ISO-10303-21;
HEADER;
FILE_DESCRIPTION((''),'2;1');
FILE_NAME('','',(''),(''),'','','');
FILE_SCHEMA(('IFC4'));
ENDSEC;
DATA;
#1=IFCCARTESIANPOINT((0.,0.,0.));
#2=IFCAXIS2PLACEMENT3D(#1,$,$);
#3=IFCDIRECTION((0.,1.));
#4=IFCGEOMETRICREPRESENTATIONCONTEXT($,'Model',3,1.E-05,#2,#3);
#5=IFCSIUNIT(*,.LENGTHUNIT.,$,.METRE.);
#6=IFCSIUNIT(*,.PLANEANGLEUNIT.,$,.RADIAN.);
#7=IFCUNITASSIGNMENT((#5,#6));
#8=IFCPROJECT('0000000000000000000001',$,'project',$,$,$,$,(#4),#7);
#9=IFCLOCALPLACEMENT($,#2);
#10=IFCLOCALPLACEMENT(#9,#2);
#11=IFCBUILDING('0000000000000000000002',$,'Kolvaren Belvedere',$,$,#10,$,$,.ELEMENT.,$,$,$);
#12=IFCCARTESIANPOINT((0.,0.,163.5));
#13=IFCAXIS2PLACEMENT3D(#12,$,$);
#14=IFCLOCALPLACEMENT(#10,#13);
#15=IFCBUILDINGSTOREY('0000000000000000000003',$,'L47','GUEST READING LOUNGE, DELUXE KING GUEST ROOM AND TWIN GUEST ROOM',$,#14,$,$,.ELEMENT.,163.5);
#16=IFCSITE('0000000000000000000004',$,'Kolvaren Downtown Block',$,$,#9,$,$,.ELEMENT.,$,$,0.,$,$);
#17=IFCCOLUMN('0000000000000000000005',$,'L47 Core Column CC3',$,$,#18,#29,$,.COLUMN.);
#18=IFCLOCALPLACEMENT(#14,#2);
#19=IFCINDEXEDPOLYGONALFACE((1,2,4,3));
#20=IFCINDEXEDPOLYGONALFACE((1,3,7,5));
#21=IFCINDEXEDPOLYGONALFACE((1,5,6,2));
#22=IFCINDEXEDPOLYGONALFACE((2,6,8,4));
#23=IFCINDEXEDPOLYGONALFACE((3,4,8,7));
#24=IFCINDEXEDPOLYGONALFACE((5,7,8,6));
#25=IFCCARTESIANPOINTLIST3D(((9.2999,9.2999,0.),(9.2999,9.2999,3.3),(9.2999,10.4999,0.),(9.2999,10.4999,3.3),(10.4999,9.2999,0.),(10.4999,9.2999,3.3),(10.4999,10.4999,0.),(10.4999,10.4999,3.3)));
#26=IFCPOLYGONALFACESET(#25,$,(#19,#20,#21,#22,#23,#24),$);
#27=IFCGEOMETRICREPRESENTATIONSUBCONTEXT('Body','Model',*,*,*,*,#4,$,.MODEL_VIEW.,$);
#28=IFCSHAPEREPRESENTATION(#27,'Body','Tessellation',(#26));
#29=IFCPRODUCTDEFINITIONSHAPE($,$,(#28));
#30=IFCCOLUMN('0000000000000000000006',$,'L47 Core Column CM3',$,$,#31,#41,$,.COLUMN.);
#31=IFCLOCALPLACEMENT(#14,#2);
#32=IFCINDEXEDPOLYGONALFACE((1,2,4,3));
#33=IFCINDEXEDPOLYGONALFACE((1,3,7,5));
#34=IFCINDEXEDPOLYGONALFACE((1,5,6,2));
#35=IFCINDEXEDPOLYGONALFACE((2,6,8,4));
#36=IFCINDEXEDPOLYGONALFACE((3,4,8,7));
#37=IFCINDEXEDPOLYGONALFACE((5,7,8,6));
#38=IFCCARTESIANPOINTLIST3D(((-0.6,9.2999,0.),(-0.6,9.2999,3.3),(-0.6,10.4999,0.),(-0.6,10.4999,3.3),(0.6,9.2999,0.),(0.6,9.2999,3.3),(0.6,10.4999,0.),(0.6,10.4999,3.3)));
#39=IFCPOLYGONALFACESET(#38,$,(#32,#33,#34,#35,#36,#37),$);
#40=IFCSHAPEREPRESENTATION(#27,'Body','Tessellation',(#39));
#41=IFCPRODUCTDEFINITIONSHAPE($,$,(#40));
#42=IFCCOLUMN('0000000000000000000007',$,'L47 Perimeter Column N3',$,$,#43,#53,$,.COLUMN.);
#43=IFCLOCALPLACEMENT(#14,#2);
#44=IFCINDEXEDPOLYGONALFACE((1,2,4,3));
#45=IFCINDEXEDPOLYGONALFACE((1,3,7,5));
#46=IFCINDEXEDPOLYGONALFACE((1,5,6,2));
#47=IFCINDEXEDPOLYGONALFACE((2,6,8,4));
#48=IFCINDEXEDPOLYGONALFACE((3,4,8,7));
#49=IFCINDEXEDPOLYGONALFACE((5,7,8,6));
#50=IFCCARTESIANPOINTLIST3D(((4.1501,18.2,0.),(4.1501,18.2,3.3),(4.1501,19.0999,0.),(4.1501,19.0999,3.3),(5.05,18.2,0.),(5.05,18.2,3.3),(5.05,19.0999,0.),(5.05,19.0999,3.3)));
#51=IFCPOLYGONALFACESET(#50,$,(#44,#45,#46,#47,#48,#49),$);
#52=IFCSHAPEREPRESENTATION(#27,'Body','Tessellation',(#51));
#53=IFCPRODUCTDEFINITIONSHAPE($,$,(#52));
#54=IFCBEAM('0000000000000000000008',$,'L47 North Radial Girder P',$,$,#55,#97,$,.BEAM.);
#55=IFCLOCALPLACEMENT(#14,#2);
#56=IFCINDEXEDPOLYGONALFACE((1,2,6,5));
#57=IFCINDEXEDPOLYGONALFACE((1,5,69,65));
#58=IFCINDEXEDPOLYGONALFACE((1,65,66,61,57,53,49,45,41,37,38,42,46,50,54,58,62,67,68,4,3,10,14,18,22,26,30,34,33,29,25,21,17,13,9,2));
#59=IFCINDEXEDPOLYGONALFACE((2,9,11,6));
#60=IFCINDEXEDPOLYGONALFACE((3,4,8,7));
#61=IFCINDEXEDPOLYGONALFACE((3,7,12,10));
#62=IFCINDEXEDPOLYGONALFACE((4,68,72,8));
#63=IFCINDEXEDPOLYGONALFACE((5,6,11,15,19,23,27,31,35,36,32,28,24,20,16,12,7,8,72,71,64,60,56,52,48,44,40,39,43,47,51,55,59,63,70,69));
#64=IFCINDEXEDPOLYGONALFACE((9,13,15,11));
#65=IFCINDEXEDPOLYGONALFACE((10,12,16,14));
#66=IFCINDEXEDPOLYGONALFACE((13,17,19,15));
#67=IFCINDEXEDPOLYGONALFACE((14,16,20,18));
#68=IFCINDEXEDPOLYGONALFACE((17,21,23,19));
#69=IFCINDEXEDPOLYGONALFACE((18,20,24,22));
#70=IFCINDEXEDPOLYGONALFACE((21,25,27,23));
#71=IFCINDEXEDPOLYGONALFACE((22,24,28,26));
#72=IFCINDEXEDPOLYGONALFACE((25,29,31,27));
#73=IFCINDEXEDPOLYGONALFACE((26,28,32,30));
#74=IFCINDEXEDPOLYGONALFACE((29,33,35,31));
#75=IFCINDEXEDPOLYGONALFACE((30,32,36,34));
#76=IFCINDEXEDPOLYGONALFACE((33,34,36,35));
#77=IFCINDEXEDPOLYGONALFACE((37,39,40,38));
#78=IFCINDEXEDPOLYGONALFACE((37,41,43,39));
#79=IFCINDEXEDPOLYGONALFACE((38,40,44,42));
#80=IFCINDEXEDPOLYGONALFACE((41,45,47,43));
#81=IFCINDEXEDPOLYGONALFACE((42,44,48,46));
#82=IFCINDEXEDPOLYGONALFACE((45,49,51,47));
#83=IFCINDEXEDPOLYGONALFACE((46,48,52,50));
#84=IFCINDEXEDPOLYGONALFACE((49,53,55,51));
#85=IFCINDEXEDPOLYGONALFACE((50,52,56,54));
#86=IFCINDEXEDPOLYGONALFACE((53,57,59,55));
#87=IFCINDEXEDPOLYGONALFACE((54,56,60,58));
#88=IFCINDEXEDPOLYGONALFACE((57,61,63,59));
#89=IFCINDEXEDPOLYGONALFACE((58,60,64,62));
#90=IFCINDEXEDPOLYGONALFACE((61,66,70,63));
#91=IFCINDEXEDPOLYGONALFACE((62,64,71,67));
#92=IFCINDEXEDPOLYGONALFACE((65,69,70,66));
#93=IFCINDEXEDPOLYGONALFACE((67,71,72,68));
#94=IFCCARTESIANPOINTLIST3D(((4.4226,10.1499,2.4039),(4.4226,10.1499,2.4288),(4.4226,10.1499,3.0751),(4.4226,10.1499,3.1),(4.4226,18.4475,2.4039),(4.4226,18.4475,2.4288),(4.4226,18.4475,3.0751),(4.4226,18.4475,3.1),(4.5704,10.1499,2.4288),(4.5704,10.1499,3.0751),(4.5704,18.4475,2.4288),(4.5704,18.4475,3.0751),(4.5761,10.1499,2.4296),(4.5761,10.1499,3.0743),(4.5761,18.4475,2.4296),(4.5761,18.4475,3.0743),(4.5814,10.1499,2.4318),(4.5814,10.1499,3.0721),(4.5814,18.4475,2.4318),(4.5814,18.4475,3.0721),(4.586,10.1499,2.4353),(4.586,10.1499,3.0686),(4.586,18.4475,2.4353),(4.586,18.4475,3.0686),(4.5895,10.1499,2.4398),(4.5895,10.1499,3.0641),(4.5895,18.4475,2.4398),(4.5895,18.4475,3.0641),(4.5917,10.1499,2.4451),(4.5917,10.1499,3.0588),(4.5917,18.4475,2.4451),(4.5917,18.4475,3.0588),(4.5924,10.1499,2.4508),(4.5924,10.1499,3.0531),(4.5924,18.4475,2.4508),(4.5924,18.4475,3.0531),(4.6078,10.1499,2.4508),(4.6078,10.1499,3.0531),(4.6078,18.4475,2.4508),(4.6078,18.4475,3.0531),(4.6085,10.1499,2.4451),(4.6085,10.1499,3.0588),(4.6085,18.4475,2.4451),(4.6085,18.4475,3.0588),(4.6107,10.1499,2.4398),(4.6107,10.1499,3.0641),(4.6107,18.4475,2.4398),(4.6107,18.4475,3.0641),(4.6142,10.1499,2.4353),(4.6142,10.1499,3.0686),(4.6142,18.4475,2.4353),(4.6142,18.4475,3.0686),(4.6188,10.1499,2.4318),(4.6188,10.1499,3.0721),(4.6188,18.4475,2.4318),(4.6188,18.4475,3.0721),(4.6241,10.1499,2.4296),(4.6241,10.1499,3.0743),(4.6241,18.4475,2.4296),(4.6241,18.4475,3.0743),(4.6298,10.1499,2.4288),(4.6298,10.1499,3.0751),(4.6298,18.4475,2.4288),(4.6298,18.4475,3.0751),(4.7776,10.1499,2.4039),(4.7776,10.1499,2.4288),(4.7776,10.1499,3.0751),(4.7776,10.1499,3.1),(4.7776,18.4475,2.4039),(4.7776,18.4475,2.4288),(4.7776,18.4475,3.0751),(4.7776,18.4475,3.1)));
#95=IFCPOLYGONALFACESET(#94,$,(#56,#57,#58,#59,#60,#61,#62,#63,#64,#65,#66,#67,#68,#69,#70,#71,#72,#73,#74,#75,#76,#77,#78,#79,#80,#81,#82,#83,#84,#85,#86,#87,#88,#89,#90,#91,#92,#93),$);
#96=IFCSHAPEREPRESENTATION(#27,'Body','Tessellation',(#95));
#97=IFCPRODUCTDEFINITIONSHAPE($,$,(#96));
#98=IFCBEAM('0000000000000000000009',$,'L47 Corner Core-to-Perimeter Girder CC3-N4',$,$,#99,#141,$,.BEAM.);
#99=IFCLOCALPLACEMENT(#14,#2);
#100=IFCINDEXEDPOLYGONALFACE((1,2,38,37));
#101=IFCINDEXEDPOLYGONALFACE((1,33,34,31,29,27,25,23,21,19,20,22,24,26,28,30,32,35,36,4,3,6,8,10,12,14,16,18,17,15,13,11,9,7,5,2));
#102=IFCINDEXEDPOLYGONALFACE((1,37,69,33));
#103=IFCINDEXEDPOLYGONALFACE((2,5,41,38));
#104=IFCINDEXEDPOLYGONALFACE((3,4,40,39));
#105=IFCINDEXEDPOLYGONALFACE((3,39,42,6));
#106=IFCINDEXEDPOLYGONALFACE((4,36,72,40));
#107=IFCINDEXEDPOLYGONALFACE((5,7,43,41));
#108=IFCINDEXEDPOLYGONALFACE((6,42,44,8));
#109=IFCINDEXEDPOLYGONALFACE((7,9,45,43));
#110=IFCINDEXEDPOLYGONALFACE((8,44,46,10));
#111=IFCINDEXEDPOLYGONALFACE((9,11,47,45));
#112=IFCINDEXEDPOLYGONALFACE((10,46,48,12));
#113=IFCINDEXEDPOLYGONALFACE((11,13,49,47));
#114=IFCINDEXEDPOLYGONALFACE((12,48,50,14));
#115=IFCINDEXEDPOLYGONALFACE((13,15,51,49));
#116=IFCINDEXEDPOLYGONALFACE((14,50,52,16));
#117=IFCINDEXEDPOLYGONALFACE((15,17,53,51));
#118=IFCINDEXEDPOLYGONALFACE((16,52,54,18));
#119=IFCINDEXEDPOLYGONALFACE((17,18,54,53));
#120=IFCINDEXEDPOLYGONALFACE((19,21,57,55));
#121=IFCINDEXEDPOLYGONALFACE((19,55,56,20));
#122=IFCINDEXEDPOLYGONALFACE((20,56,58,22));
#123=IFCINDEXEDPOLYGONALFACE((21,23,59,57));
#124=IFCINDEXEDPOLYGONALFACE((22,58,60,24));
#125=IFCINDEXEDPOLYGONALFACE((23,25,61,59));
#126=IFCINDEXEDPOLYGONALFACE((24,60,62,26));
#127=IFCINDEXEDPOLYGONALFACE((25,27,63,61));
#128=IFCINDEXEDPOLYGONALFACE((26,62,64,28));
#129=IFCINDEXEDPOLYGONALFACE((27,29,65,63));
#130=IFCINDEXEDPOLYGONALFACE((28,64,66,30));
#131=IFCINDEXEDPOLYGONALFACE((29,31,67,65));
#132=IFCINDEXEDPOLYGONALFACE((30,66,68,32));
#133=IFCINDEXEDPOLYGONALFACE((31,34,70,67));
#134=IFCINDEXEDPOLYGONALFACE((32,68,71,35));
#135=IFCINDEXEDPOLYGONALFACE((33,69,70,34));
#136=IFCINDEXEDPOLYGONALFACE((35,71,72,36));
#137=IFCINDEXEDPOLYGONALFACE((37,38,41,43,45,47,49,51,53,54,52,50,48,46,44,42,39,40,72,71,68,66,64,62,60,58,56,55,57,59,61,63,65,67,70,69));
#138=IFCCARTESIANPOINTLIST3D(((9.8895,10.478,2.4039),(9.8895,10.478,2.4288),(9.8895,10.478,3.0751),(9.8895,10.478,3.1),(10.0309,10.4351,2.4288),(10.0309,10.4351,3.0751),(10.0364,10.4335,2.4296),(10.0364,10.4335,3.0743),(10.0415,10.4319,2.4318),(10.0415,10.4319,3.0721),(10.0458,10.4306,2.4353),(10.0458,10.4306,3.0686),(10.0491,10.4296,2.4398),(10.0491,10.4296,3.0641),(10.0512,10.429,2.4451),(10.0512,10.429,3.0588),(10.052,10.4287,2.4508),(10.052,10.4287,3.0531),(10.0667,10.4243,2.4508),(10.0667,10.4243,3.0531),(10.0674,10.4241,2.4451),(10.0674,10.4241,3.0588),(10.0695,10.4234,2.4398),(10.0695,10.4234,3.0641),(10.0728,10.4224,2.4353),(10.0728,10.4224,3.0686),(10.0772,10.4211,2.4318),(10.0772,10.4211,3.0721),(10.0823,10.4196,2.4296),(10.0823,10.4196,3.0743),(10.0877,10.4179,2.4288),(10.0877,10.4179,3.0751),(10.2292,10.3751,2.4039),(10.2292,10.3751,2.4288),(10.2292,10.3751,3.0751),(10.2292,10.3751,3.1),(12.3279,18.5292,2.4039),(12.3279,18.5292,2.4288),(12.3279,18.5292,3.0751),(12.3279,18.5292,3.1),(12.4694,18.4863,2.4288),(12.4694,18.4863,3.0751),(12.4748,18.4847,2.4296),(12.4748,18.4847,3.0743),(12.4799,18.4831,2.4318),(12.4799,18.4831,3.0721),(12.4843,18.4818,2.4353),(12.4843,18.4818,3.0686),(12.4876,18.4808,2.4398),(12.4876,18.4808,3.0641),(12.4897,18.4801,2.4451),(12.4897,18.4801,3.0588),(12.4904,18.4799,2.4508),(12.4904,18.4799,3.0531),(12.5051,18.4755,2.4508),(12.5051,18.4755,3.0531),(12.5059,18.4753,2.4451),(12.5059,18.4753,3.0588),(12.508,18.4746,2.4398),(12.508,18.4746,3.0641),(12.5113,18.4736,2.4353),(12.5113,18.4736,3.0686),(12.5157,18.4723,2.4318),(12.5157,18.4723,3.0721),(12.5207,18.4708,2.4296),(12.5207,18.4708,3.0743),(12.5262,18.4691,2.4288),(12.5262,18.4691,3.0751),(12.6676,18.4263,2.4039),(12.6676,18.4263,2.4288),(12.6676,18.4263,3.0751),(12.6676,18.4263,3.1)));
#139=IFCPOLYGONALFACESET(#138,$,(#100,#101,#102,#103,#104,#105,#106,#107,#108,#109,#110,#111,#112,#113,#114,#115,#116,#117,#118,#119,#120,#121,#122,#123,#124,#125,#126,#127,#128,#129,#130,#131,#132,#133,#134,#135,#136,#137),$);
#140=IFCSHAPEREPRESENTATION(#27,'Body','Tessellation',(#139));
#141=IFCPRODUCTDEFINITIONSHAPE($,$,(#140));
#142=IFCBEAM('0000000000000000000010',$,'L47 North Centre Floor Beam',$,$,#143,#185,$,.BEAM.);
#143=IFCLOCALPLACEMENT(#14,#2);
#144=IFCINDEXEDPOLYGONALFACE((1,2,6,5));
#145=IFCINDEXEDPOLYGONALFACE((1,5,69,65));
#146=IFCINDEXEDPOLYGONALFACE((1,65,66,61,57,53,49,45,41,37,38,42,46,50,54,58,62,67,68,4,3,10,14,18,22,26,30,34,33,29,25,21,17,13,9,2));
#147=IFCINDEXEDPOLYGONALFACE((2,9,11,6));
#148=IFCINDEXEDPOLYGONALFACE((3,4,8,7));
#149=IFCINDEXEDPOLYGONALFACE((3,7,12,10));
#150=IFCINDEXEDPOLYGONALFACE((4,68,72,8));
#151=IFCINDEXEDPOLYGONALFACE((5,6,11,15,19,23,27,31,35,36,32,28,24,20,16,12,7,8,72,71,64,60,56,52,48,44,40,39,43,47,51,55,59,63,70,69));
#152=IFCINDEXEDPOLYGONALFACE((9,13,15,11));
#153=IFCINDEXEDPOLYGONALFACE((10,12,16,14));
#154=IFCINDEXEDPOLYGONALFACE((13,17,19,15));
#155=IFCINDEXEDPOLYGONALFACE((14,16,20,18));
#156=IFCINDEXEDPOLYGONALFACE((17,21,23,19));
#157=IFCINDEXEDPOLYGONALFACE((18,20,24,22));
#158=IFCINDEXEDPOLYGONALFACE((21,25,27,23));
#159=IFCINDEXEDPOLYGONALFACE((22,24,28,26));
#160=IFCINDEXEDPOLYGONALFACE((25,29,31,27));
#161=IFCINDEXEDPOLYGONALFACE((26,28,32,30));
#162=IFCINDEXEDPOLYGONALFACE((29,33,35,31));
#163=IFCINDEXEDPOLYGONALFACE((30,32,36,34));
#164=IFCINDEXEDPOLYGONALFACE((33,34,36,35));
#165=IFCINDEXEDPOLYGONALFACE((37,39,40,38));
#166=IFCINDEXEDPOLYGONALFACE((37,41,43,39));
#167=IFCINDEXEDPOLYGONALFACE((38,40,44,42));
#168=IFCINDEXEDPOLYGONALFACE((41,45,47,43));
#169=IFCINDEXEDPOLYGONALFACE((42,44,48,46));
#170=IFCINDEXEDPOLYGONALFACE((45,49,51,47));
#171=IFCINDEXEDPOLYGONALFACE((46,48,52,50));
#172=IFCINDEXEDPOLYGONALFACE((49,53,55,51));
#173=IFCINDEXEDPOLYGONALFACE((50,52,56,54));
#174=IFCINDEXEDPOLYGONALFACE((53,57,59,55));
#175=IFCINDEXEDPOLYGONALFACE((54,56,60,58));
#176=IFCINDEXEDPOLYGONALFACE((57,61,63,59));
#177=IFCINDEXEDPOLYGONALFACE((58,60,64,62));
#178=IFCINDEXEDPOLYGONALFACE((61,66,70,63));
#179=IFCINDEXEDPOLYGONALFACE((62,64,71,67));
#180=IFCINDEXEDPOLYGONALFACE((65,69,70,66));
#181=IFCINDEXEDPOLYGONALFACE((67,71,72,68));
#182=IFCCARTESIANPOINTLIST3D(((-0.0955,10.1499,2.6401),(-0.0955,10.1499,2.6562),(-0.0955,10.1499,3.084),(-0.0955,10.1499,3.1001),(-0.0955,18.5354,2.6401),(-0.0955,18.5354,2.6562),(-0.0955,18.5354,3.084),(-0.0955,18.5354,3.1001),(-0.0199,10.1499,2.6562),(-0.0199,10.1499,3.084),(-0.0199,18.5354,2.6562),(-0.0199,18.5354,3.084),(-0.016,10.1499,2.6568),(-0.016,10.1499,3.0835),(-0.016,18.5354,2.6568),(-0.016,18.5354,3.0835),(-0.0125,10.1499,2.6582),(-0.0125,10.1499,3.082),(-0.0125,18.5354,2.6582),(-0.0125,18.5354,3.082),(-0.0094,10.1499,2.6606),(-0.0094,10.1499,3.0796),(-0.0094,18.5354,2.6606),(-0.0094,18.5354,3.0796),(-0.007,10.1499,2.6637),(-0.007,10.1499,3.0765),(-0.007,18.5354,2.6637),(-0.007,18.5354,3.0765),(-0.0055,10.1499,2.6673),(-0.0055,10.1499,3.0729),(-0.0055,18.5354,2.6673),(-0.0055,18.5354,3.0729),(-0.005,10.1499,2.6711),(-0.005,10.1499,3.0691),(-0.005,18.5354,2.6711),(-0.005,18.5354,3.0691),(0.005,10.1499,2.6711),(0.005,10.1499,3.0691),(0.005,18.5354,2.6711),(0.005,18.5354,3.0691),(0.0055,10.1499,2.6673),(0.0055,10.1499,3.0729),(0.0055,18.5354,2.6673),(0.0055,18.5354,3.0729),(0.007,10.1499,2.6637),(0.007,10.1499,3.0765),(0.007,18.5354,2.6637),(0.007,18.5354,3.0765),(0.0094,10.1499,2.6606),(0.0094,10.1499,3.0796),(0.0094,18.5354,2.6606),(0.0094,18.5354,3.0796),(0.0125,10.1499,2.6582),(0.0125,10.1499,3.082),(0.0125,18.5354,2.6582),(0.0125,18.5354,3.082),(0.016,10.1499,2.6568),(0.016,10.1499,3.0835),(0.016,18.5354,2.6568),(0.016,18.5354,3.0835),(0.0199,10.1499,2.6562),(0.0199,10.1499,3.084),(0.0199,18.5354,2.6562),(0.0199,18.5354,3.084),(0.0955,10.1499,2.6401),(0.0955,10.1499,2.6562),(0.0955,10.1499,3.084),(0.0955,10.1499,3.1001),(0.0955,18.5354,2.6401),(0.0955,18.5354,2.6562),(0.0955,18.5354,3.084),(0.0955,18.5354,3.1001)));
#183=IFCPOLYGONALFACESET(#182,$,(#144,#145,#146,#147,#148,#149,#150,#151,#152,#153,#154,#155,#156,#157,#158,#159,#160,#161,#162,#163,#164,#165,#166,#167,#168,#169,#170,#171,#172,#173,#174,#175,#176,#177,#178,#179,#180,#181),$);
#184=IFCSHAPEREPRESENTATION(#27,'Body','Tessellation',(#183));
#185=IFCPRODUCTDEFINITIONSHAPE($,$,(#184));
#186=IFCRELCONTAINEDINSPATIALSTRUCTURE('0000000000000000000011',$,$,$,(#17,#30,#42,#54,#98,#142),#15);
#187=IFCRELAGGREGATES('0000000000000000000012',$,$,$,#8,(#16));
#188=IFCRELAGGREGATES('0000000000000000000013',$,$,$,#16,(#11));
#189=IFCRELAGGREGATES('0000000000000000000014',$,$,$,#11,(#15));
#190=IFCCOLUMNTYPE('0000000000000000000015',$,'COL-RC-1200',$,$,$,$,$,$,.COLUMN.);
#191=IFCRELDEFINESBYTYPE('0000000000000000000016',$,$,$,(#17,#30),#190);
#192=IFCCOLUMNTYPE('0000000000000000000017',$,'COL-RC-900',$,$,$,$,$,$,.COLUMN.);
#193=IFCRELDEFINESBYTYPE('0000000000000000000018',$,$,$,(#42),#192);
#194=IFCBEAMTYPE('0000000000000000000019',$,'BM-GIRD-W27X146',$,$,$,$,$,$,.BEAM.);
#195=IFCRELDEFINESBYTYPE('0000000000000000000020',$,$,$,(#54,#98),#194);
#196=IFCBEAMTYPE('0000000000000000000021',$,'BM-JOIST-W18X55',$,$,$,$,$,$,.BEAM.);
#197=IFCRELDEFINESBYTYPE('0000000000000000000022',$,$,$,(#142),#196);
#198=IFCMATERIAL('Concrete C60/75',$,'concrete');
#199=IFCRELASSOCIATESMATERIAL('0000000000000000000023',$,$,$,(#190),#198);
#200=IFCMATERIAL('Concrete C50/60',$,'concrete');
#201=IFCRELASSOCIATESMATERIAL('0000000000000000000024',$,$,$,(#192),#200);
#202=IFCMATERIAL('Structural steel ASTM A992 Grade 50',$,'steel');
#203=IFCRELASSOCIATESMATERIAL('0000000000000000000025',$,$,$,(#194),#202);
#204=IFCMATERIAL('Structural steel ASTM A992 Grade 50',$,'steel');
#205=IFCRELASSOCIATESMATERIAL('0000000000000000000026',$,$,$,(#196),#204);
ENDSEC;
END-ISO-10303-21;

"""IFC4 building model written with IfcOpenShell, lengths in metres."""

from ifc_helpers import new_model, si_unit, direction, frame, origin, origin_2d, place, context, subcontext, project, spatial, rectangle, i_section, extrude, material, material_profile, profile_set, type_object, element, save


model = new_model("IFC4")

# Units and contexts
model_context = context("Model", 3, precision=1e-05, world=origin(), true_north=direction((0.0, 1.0)))
body_context = subcontext(model_context, "Body", "Model", "MODEL_VIEW")
ifc_project = project(units=[si_unit("LENGTHUNIT", "METRE"), si_unit("PLANEANGLEUNIT", "RADIAN")], contexts=[model_context])

# Site, building, storey
site_placement = place(None, origin())
site = spatial("IfcSite", under=ifc_project, at=site_placement, Name="Kolvaren Downtown Block", CompositionType="ELEMENT", RefElevation=0.0)
building_placement = place(site_placement, origin())
building = spatial("IfcBuilding", under=site, at=building_placement, Name="Kolvaren Belvedere", CompositionType="ELEMENT")
storey_placement = place(building_placement, frame((0.0, 0.0, 163.5)))
storey = spatial("IfcBuildingStorey", under=building, at=storey_placement, Name="L47", Description="GUEST READING LOUNGE, DELUXE KING GUEST ROOM AND TWIN GUEST ROOM", CompositionType="ELEMENT", Elevation=163.5)

# Columns
ifc_material_1 = material(Name="Concrete C60/75", Category="concrete")
ifc_material_profile_1 = material_profile(ifc_material_1, rectangle(XDim=1.2, YDim=1.2, at=origin_2d()), Name="RC 1200X1200")
ifc_profile_set_1 = profile_set([ifc_material_profile_1], Name="Concrete C60/75")
column_type_1 = type_object("IfcColumnType", Name="COL-RC-1200", PredefinedType="COLUMN", material=ifc_profile_set_1)
for number, where, z_axis, x_axis, name in (
    (1, (9.8999, 9.8999, 0.0), (0.0, 0.0, 1.0), (1.0, 0.0, 0.0), "L47 Core Column CC3"),
    (2, (0.0, 9.8999, 0.0), (0.0, 0.0, 1.0), (1.0, 0.0, 0.0), "L47 Core Column CM3"),
):
    element("IfcColumn", number, at=place(storey_placement, frame(where, z_axis=z_axis, x_axis=x_axis)), inside=storey, type_object=column_type_1, Name=name, PredefinedType="COLUMN", context=body_context, shape_type="SweptSolid", body=[
        extrude(rectangle(XDim=1.2, YDim=1.2, at=origin_2d()), origin(), (0.0, 0.0, 1.0), 3.3),
    ])
ifc_material_2 = material(Name="Concrete C50/60", Category="concrete")
ifc_material_profile_2 = material_profile(ifc_material_2, rectangle(XDim=0.8999, YDim=0.8999, at=origin_2d()), Name="RC 900X900")
ifc_profile_set_2 = profile_set([ifc_material_profile_2], Name="Concrete C50/60")
column_type_2 = type_object("IfcColumnType", Name="COL-RC-900", PredefinedType="COLUMN", material=ifc_profile_set_2)
column_placement = place(storey_placement, frame((4.6001, 18.6499, 0.0), z_axis=(0.0, 0.0, 1.0), x_axis=(1.0, 0.0, 0.0)))
element("IfcColumn", 3, at=column_placement, inside=storey, type_object=column_type_2, Name="L47 Perimeter Column N3", PredefinedType="COLUMN", context=body_context, shape_type="SweptSolid", body=[
    extrude(rectangle(XDim=0.8999, YDim=0.8999, at=origin_2d()), origin(), (0.0, 0.0, 1.0), 3.3),
])

# Beams
ifc_material_3 = material(Name="Structural steel ASTM A992 Grade 50", Category="steel")
ifc_material_profile_3 = material_profile(ifc_material_3, i_section(OverallWidth=0.355, OverallDepth=0.696, WebThickness=0.0154, FlangeThickness=0.0249, FilletRadius=0.022, at=origin_2d()), Name="W27X146")
ifc_profile_set_3 = profile_set([ifc_material_profile_3], Name="Structural steel ASTM A992 Grade 50")
beam_type_1 = type_object("IfcBeamType", Name="BM-GIRD-W27X146", PredefinedType="BEAM", material=ifc_profile_set_3)
beam_1_placement = place(storey_placement, frame((4.6001, 10.1499, 2.752), z_axis=(0.0, 1.0, 0.0), x_axis=(-1.0, 0.0, 0.0)))
element("IfcBeam", 4, at=beam_1_placement, inside=storey, type_object=beam_type_1, Name="L47 North Radial Girder P", PredefinedType="BEAM", context=body_context, shape_type="SweptSolid", body=[
    extrude(i_section(OverallWidth=0.355, OverallDepth=0.696, WebThickness=0.0154, FlangeThickness=0.0249, FilletRadius=0.022, at=origin_2d()), origin(), (0.0, 0.0, 1.0), 8.2976),
])
beam_2_placement = place(storey_placement, frame((10.0593, 10.4265, 2.752), z_axis=(0.289866, 0.957067, 0.0), x_axis=(-0.957067, 0.289866, 0.0)))
element("IfcBeam", 5, at=beam_2_placement, inside=storey, type_object=beam_type_1, Name="L47 Corner Core-to-Perimeter Girder CC3-N4", PredefinedType="BEAM", context=body_context, shape_type="SweptSolid", body=[
    extrude(i_section(OverallWidth=0.355, OverallDepth=0.696, WebThickness=0.0154, FlangeThickness=0.0249, FilletRadius=0.022, at=origin_2d()), origin(), (0.0, 0.0, 1.0), 8.4124),
])
ifc_material_4 = material(Name="Structural steel ASTM A992 Grade 50", Category="steel")
ifc_material_profile_4 = material_profile(ifc_material_4, i_section(OverallWidth=0.1909, OverallDepth=0.46, WebThickness=0.01, FlangeThickness=0.0161, FilletRadius=0.0149, at=origin_2d()), Name="W18X55")
ifc_profile_set_4 = profile_set([ifc_material_profile_4], Name="Structural steel ASTM A992 Grade 50")
beam_type_2 = type_object("IfcBeamType", Name="BM-JOIST-W18X55", PredefinedType="BEAM", material=ifc_profile_set_4)
beam_3_placement = place(storey_placement, frame((0.0, 10.1499, 2.8701), z_axis=(0.0, 1.0, 0.0), x_axis=(-1.0, 0.0, 0.0)))
element("IfcBeam", 6, at=beam_3_placement, inside=storey, type_object=beam_type_2, Name="L47 North Centre Floor Beam", PredefinedType="BEAM", context=body_context, shape_type="SweptSolid", body=[
    extrude(i_section(OverallWidth=0.1909, OverallDepth=0.46, WebThickness=0.01, FlangeThickness=0.0161, FilletRadius=0.0149, at=origin_2d()), origin(), (0.0, 0.0, 1.0), 8.3855),
])

save(model, "model.ifc")
